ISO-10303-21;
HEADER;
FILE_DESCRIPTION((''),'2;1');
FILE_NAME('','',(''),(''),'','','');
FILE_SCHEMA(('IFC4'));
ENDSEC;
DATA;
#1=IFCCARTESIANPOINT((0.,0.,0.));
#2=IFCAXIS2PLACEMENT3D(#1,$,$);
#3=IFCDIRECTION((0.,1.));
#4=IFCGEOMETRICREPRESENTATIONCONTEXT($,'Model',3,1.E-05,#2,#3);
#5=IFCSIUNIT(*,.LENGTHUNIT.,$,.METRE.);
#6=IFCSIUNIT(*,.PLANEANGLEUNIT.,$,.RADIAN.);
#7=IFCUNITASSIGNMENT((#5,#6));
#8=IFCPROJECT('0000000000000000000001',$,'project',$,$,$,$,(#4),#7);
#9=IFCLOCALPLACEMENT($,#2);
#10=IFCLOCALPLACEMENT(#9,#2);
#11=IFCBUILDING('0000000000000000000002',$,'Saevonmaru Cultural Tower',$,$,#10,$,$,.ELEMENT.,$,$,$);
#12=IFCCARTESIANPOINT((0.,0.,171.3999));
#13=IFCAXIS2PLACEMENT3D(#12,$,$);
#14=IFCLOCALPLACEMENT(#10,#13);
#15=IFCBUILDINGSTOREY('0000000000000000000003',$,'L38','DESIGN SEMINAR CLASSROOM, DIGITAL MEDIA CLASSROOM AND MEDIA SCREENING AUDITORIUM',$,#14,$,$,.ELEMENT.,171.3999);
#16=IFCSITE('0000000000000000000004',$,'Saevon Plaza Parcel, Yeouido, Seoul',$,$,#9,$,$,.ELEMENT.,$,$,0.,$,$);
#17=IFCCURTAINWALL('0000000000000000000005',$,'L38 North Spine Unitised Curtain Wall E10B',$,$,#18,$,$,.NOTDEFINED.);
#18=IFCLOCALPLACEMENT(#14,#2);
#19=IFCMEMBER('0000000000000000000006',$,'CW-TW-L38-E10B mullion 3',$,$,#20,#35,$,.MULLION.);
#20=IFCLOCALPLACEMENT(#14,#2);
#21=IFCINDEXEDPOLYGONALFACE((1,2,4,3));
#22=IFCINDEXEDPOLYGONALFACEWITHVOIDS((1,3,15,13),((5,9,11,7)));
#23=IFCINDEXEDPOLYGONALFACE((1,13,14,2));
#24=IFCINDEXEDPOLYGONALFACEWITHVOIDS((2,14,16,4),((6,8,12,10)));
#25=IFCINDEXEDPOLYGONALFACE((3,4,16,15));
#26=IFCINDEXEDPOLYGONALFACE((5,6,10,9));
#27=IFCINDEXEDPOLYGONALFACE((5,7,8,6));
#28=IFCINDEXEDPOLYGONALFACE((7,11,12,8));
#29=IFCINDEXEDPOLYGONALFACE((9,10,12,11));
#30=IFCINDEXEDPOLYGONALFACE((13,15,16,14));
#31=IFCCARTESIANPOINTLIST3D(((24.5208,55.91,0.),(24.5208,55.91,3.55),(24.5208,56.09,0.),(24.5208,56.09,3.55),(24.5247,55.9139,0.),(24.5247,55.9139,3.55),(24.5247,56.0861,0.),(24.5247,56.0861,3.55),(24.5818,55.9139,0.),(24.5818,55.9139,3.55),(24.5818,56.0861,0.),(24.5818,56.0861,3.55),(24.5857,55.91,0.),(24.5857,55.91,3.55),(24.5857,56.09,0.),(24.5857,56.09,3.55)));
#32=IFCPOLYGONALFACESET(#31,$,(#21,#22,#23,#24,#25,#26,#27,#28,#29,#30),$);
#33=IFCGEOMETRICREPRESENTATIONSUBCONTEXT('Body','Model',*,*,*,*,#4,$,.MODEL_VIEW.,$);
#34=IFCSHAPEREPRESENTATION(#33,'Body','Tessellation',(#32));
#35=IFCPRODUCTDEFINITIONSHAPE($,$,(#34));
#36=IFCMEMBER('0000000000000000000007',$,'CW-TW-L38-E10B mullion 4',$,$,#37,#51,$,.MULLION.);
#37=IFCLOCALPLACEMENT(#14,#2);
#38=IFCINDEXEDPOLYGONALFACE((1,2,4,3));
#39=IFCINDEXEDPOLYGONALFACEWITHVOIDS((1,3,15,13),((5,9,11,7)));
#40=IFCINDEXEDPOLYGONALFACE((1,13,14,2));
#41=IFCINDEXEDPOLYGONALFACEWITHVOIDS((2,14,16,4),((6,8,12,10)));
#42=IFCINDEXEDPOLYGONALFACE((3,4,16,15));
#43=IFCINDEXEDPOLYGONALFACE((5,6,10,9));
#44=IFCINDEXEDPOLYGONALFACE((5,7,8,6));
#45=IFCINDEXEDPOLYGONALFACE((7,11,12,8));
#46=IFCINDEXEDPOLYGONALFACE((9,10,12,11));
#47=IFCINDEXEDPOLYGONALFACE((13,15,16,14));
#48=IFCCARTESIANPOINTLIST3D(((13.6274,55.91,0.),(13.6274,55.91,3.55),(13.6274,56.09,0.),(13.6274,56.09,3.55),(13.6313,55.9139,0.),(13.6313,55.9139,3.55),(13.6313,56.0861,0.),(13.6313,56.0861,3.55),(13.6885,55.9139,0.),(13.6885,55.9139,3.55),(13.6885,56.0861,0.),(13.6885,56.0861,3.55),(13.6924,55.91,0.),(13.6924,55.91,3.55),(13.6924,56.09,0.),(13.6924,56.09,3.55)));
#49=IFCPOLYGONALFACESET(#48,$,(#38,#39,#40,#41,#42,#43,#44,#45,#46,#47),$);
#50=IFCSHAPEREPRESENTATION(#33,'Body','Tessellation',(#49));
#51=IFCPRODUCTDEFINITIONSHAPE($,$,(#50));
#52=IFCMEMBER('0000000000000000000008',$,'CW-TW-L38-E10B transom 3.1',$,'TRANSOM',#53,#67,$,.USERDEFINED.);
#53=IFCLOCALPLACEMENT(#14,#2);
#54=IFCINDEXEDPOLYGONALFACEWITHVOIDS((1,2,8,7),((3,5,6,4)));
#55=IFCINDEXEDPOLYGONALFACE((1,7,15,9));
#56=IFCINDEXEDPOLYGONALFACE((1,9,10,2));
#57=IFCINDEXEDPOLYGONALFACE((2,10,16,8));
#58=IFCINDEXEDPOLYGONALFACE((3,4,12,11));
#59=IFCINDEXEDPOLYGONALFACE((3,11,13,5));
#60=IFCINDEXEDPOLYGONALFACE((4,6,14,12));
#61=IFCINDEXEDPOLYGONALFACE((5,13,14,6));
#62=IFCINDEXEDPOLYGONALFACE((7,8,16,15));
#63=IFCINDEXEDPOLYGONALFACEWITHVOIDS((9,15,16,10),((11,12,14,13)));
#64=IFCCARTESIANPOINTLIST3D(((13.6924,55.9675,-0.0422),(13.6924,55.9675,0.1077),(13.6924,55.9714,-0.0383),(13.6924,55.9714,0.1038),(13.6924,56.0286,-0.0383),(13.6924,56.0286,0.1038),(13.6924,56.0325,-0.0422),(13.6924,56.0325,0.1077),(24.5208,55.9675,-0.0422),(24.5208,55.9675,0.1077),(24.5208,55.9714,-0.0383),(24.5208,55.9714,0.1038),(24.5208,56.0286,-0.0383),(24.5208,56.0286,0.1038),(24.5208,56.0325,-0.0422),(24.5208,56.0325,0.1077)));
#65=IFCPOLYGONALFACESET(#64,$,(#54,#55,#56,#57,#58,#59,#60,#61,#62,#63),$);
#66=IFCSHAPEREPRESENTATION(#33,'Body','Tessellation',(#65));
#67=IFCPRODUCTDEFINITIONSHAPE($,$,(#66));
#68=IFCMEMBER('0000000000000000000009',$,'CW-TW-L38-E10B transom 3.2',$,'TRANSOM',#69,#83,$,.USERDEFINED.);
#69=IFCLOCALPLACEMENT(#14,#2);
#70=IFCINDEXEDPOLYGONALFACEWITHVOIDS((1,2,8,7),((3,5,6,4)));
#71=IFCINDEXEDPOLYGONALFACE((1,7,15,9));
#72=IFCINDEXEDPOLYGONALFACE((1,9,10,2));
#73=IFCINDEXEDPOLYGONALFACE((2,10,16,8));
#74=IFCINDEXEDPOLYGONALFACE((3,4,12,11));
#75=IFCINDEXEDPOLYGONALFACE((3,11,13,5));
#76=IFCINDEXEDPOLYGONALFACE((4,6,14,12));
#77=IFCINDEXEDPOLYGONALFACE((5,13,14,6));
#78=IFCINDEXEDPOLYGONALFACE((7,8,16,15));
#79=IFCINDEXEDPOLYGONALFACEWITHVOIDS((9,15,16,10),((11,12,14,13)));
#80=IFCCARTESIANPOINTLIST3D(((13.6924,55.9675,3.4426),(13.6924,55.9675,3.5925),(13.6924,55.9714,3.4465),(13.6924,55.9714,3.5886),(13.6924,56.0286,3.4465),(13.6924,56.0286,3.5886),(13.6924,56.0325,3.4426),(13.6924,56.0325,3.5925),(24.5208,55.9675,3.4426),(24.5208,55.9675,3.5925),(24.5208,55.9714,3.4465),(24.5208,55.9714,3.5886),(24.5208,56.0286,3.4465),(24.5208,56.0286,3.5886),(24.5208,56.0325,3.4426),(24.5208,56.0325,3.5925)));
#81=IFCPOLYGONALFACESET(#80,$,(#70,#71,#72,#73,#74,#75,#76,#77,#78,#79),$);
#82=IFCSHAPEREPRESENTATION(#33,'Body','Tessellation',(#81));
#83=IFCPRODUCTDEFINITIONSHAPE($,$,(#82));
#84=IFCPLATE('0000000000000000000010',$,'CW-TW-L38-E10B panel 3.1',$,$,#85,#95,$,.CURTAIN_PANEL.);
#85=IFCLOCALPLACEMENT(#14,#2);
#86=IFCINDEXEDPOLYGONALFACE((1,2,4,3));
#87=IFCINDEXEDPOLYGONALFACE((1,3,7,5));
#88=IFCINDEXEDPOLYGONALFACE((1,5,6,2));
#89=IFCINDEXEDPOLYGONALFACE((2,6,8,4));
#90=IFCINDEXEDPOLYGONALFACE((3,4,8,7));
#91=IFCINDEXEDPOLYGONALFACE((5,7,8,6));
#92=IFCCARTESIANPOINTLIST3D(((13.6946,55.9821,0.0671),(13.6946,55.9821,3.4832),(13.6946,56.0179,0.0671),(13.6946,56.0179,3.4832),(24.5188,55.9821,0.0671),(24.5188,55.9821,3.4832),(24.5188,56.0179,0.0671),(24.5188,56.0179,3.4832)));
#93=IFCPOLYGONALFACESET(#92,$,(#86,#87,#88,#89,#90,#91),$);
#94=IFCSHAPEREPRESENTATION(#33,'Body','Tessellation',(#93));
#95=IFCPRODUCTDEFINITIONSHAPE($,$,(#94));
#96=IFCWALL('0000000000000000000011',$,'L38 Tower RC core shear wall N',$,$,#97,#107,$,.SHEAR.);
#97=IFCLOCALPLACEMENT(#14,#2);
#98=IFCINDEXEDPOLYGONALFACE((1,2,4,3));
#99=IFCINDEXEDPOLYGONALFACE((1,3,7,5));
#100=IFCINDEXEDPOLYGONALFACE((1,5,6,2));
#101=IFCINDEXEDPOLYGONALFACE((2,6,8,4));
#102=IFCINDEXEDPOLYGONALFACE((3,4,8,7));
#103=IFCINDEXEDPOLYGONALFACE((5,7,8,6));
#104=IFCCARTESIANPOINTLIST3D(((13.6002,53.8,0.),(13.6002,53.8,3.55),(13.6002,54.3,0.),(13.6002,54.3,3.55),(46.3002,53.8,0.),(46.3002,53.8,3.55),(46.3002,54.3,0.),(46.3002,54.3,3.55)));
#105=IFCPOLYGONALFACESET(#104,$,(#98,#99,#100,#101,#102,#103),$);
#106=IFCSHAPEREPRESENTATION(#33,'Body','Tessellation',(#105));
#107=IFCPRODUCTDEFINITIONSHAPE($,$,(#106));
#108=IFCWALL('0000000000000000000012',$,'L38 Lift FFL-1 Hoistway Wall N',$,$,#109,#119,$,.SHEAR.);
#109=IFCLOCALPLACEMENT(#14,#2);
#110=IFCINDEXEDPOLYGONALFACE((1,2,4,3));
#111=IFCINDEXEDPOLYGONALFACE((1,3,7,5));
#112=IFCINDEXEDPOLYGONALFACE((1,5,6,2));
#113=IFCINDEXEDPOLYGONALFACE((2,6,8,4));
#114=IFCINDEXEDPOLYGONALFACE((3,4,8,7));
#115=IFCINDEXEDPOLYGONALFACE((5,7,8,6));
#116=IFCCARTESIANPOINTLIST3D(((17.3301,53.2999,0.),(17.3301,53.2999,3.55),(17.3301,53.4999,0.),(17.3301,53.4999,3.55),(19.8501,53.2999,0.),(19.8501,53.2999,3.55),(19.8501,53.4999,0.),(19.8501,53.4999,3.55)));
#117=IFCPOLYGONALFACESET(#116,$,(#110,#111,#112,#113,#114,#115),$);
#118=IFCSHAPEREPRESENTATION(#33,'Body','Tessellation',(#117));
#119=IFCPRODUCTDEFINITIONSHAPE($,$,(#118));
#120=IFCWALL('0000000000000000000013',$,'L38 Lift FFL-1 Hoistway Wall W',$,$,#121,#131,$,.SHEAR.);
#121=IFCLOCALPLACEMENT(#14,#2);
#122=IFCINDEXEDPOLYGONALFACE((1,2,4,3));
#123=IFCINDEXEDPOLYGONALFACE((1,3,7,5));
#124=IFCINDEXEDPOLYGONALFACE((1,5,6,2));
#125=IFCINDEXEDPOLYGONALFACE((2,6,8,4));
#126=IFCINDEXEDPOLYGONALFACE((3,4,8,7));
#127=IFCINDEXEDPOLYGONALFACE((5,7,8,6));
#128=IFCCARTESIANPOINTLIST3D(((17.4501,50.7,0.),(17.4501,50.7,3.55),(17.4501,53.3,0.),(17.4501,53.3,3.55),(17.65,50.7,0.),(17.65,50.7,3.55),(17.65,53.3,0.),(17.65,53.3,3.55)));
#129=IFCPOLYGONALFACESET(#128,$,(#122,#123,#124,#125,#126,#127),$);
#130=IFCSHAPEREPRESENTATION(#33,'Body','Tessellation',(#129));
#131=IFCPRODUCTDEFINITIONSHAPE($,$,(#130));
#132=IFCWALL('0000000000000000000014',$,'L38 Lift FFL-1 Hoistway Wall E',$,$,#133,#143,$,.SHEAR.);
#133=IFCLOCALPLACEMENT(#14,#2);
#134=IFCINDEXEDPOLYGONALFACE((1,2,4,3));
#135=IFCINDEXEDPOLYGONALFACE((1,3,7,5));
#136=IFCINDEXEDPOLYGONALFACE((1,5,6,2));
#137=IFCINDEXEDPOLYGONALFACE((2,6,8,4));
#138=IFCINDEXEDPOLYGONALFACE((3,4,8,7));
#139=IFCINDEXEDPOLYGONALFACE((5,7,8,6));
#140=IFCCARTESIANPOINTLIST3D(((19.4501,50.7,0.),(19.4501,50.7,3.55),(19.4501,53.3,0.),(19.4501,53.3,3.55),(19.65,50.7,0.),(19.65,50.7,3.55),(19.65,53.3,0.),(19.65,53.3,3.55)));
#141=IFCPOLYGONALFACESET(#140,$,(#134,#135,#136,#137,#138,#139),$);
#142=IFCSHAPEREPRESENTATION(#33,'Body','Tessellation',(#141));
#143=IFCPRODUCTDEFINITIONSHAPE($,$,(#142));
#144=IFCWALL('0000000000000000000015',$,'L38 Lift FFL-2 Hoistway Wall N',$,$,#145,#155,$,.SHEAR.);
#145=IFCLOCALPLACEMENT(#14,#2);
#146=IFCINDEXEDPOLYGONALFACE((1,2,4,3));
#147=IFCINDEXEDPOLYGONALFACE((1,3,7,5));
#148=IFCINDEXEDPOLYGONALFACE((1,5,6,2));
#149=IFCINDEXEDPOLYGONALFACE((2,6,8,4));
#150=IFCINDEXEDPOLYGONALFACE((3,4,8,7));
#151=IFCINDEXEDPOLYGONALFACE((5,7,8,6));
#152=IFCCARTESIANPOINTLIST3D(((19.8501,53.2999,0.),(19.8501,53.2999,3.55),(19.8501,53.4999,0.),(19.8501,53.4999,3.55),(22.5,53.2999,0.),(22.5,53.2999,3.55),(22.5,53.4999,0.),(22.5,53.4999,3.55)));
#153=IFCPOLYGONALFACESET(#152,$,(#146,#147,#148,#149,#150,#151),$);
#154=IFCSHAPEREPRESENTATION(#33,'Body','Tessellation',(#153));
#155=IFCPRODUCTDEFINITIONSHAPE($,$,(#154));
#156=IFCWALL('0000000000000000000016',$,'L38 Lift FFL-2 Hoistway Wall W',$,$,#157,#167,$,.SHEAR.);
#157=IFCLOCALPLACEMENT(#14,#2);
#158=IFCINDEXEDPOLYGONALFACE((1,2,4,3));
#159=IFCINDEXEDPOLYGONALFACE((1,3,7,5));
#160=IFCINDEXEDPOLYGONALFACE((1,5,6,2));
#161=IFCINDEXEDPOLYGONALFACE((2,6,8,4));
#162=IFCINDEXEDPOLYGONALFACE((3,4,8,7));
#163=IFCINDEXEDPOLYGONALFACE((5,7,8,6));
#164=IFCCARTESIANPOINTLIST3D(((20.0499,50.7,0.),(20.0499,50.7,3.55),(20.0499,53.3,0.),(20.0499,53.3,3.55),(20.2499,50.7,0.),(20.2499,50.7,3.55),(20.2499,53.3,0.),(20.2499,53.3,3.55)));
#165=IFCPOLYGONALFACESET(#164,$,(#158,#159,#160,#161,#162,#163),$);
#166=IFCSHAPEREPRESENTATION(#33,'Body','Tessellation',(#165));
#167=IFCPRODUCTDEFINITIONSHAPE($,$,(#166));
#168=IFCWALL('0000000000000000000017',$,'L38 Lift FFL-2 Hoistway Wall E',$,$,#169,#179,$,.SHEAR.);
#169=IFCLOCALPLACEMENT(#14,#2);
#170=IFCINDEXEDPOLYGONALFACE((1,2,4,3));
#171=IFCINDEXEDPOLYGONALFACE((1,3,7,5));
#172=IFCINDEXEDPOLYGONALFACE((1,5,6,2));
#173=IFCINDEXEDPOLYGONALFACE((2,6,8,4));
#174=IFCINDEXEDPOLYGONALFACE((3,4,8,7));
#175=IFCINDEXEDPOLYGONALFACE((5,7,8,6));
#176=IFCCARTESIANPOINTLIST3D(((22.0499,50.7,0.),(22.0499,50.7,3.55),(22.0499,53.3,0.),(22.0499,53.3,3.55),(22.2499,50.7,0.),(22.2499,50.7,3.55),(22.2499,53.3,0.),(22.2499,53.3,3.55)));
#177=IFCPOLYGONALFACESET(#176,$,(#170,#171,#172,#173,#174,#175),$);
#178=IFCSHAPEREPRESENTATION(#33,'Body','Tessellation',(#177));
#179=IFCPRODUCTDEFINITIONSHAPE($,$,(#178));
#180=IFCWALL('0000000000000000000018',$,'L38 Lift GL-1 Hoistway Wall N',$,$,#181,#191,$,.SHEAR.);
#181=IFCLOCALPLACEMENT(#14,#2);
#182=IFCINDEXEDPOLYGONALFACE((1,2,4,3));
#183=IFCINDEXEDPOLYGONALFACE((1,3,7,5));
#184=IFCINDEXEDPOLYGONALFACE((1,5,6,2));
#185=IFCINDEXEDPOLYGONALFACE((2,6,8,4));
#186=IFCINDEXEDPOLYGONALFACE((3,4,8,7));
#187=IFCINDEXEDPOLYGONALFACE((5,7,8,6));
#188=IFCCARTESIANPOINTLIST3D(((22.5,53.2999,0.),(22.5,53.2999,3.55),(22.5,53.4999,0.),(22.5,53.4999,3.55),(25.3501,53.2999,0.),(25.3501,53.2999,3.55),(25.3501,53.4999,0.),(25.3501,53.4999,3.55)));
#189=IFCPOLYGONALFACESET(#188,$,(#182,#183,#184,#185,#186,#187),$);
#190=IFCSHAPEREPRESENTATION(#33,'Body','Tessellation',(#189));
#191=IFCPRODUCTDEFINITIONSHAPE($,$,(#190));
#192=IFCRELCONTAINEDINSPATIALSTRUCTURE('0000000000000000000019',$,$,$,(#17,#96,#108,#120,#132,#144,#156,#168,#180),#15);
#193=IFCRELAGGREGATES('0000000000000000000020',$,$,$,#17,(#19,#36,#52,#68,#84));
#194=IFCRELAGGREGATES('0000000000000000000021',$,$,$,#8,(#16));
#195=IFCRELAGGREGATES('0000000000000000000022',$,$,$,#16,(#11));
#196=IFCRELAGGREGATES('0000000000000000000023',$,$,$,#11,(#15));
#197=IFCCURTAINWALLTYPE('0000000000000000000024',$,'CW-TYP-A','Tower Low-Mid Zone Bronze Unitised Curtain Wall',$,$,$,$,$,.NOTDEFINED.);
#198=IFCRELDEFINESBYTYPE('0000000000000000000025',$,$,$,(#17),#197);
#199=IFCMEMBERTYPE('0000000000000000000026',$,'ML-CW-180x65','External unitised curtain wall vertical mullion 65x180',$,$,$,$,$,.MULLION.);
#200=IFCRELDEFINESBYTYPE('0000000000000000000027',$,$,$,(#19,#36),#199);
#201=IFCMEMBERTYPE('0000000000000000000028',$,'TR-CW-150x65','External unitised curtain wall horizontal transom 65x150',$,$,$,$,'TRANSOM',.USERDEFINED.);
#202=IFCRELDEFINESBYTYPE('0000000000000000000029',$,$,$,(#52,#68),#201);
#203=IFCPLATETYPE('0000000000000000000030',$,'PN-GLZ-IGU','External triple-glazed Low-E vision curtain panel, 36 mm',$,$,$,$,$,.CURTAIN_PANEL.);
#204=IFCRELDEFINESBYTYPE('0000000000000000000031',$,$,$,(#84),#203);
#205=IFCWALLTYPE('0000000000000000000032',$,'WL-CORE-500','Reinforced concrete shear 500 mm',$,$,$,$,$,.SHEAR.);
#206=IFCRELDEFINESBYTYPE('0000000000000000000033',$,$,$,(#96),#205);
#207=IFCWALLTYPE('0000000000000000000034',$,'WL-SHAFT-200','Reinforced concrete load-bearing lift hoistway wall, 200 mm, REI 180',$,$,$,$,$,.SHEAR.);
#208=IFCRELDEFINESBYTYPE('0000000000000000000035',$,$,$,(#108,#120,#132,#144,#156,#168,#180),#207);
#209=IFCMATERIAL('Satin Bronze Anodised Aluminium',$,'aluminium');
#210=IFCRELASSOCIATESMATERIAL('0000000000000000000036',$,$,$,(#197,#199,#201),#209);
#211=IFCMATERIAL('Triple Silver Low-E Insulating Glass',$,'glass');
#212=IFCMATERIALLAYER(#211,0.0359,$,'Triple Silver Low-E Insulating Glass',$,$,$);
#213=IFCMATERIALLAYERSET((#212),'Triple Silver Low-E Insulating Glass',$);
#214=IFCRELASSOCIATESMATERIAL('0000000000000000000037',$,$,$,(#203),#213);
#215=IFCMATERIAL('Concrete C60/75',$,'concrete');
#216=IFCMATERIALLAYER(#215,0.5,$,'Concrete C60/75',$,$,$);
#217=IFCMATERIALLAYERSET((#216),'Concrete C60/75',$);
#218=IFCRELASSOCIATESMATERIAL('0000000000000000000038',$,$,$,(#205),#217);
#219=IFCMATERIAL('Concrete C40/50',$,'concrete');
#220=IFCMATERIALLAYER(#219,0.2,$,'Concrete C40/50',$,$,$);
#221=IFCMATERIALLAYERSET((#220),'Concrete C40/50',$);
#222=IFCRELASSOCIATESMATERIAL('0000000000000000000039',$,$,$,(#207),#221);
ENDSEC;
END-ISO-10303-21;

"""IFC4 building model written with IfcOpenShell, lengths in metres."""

from ifc_helpers import new_model, si_unit, direction, frame, frame_2d, origin, origin_2d, place, context, subcontext, project, spatial, rectangle, hollow_rectangle, extrude, material, layer, layer_set, material_profile, profile_set, type_object, element, aggregate, save


model = new_model("IFC4")

# Units and contexts
model_context = context("Model", 3, precision=1e-05, world=origin(), true_north=direction((0.0, 1.0)))
body_context = subcontext(model_context, "Body", "Model", "MODEL_VIEW")
ifc_project = project(units=[si_unit("LENGTHUNIT", "METRE"), si_unit("PLANEANGLEUNIT", "RADIAN")], contexts=[model_context])

# Site, building, storey
site_placement = place(None, origin())
site = spatial("IfcSite", under=ifc_project, at=site_placement, Name="Saevon Plaza Parcel, Yeouido, Seoul", CompositionType="ELEMENT", RefElevation=0.0)
building_placement = place(site_placement, origin())
building = spatial("IfcBuilding", under=site, at=building_placement, Name="Saevonmaru Cultural Tower", CompositionType="ELEMENT")
storey_placement = place(building_placement, frame((0.0, 0.0, 171.3999)))
storey = spatial("IfcBuildingStorey", under=building, at=storey_placement, Name="L38", Description="DESIGN SEMINAR CLASSROOM, DIGITAL MEDIA CLASSROOM AND MEDIA SCREENING AUDITORIUM", CompositionType="ELEMENT", Elevation=171.3999)

# Curtain wall, members, plate
ifc_material_1 = material(Name="Satin Bronze Anodised Aluminium", Category="aluminium")
curtain_wall_type = type_object("IfcCurtainWallType", Name="CW-TYP-A", Description="Tower Low-Mid Zone Bronze Unitised Curtain Wall", PredefinedType="NOTDEFINED", material=ifc_material_1)
curtain_wall_placement = place(storey_placement, origin())
curtain_wall = element("IfcCurtainWall", 1, at=curtain_wall_placement, inside=storey, type_object=curtain_wall_type, Name="L38 North Spine Unitised Curtain Wall E10B", PredefinedType="NOTDEFINED")
ifc_material_profile_1 = material_profile(ifc_material_1, hollow_rectangle(XDim=0.0649, YDim=0.1799, WallThickness=0.0039, at=origin_2d()), Name="ALU-MULL-180x65x4")
ifc_profile_set_1 = profile_set([ifc_material_profile_1], Name="Satin Bronze Anodised Aluminium")
member_type_1 = type_object("IfcMemberType", Name="ML-CW-180x65", Description="External unitised curtain wall vertical mullion 65x180", PredefinedType="MULLION", material=ifc_profile_set_1)
member_1_placement = place(storey_placement, frame((24.5532, 56.0, 0.0), z_axis=(0.0, 0.0, 1.0), x_axis=(-1.0, 0.0, 0.0)))
member_1 = element("IfcMember", 2, at=member_1_placement, type_object=member_type_1, Name="CW-TW-L38-E10B mullion 3", PredefinedType="MULLION", context=body_context, shape_type="SweptSolid", body=[
    extrude(hollow_rectangle(XDim=0.0649, YDim=0.1799, WallThickness=0.0039, at=origin_2d()), origin(), (0.0, 0.0, 1.0), 3.55),
])
member_2_placement = place(storey_placement, frame((13.6599, 56.0, 0.0), z_axis=(0.0, 0.0, 1.0), x_axis=(-1.0, 0.0, 0.0)))
member_2 = element("IfcMember", 3, at=member_2_placement, type_object=member_type_1, Name="CW-TW-L38-E10B mullion 4", PredefinedType="MULLION", context=body_context, shape_type="SweptSolid", body=[
    extrude(hollow_rectangle(XDim=0.0649, YDim=0.1799, WallThickness=0.0039, at=origin_2d()), origin(), (0.0, 0.0, 1.0), 3.55),
])
ifc_material_profile_2 = material_profile(ifc_material_1, hollow_rectangle(XDim=0.0649, YDim=0.1499, WallThickness=0.0039, at=origin_2d()), Name="ALU-TRAN-150x65x4")
ifc_profile_set_2 = profile_set([ifc_material_profile_2], Name="Satin Bronze Anodised Aluminium")
member_type_2 = type_object("IfcMemberType", Name="TR-CW-150x65", Description="External unitised curtain wall horizontal transom 65x150", ElementType="TRANSOM", PredefinedType="USERDEFINED", material=ifc_profile_set_2)
member_3_placement = place(storey_placement, frame((24.5208, 56.0, 0.0327), z_axis=(-1.0, 0.0, 0.0), x_axis=(0.0, -1.0, 0.0)))
member_3 = element("IfcMember", 4, at=member_3_placement, type_object=member_type_2, Name="CW-TW-L38-E10B transom 3.1", ObjectType="TRANSOM", PredefinedType="USERDEFINED", context=body_context, shape_type="SweptSolid", body=[
    extrude(hollow_rectangle(XDim=0.0649, YDim=0.1499, WallThickness=0.0039, at=origin_2d()), origin(), (0.0, 0.0, 1.0), 10.8284),
])
member_4_placement = place(storey_placement, frame((24.5208, 56.0, 3.5176), z_axis=(-1.0, 0.0, 0.0), x_axis=(0.0, -1.0, 0.0)))
member_4 = element("IfcMember", 5, at=member_4_placement, type_object=member_type_2, Name="CW-TW-L38-E10B transom 3.2", ObjectType="TRANSOM", PredefinedType="USERDEFINED", context=body_context, shape_type="SweptSolid", body=[
    extrude(hollow_rectangle(XDim=0.0649, YDim=0.1499, WallThickness=0.0039, at=origin_2d()), origin(), (0.0, 0.0, 1.0), 10.8284),
])
ifc_material_2 = material(Name="Triple Silver Low-E Insulating Glass", Category="glass")
ifc_layer_1 = layer(ifc_material_2, 0.0359, Name="Triple Silver Low-E Insulating Glass")
ifc_layer_set_1 = layer_set([ifc_layer_1], Name="Triple Silver Low-E Insulating Glass")
plate_type = type_object("IfcPlateType", Name="PN-GLZ-IGU", Description="External triple-glazed Low-E vision curtain panel, 36 mm", PredefinedType="CURTAIN_PANEL", material=ifc_layer_set_1)
plate_placement = place(storey_placement, frame((19.1067, 56.0, 0.0671), z_axis=(0.0, 0.0, 1.0), x_axis=(-1.0, 0.0, 0.0)))
plate = element("IfcPlate", 6, at=plate_placement, type_object=plate_type, Name="CW-TW-L38-E10B panel 3.1", PredefinedType="CURTAIN_PANEL", context=body_context, shape_type="SweptSolid", body=[
    extrude(rectangle(XDim=10.8242, YDim=0.0359, at=origin_2d()), origin(), (0.0, 0.0, 1.0), 3.416),
])
aggregate(curtain_wall, [member_1, member_2, member_3, member_4, plate])

# Walls
ifc_material_3 = material(Name="Concrete C60/75", Category="concrete")
ifc_layer_2 = layer(ifc_material_3, 0.5, Name="Concrete C60/75")
ifc_layer_set_2 = layer_set([ifc_layer_2], Name="Concrete C60/75")
wall_type_1 = type_object("IfcWallType", Name="WL-CORE-500", Description="Reinforced concrete shear 500 mm", PredefinedType="SHEAR", material=ifc_layer_set_2)
wall_1_placement = place(storey_placement, frame((13.6001, 54.05, 0.0), z_axis=(0.0, 0.0, 1.0), x_axis=(1.0, 0.0, 0.0)))
element("IfcWall", 7, at=wall_1_placement, inside=storey, type_object=wall_type_1, Name="L38 Tower RC core shear wall N", PredefinedType="SHEAR", context=body_context, shape_type="SweptSolid", body=[
    extrude(rectangle(XDim=32.7, YDim=0.5, at=frame_2d((16.3501, 0.0))), origin(), (0.0, 0.0, 1.0), 3.55),
])
ifc_material_4 = material(Name="Concrete C40/50", Category="concrete")
ifc_layer_3 = layer(ifc_material_4, 0.2, Name="Concrete C40/50")
ifc_layer_set_3 = layer_set([ifc_layer_3], Name="Concrete C40/50")
wall_type_2 = type_object("IfcWallType", Name="WL-SHAFT-200", Description="Reinforced concrete load-bearing lift hoistway wall, 200 mm, REI 180", PredefinedType="SHEAR", material=ifc_layer_set_3)
wall_2_placement = place(storey_placement, frame((17.3301, 53.3999, 0.0), z_axis=(0.0, 0.0, 1.0), x_axis=(1.0, 0.0, 0.0)))
element("IfcWall", 8, at=wall_2_placement, inside=storey, type_object=wall_type_2, Name="L38 Lift FFL-1 Hoistway Wall N", PredefinedType="SHEAR", context=body_context, shape_type="SweptSolid", body=[
    extrude(rectangle(XDim=2.52, YDim=0.2, at=frame_2d((1.26, 0.0))), origin(), (0.0, 0.0, 1.0), 3.55),
])
for number, where, z_axis, x_axis, name in (
    (9, (17.55, 50.7, 0.0), (0.0, 0.0, 1.0), (0.0, 1.0, 0.0), "L38 Lift FFL-1 Hoistway Wall W"),
    (10, (19.55, 50.7, 0.0), (0.0, 0.0, 1.0), (0.0, 1.0, 0.0), "L38 Lift FFL-1 Hoistway Wall E"),
):
    element("IfcWall", number, at=place(storey_placement, frame(where, z_axis=z_axis, x_axis=x_axis)), inside=storey, type_object=wall_type_2, Name=name, PredefinedType="SHEAR", context=body_context, shape_type="SweptSolid", body=[
        extrude(rectangle(XDim=2.6001, YDim=0.2, at=frame_2d((1.3, 0.0))), origin(), (0.0, 0.0, 1.0), 3.55),
    ])
wall_3_placement = place(storey_placement, frame((19.8501, 53.3999, 0.0), z_axis=(0.0, 0.0, 1.0), x_axis=(1.0, 0.0, 0.0)))
element("IfcWall", 11, at=wall_3_placement, inside=storey, type_object=wall_type_2, Name="L38 Lift FFL-2 Hoistway Wall N", PredefinedType="SHEAR", context=body_context, shape_type="SweptSolid", body=[
    extrude(rectangle(XDim=2.6499, YDim=0.2, at=frame_2d((1.325, 0.0))), origin(), (0.0, 0.0, 1.0), 3.55),
])
for number, where, z_axis, x_axis, name in (
    (12, (20.1499, 50.7, 0.0), (0.0, 0.0, 1.0), (0.0, 1.0, 0.0), "L38 Lift FFL-2 Hoistway Wall W"),
    (13, (22.1499, 50.7, 0.0), (0.0, 0.0, 1.0), (0.0, 1.0, 0.0), "L38 Lift FFL-2 Hoistway Wall E"),
):
    element("IfcWall", number, at=place(storey_placement, frame(where, z_axis=z_axis, x_axis=x_axis)), inside=storey, type_object=wall_type_2, Name=name, PredefinedType="SHEAR", context=body_context, shape_type="SweptSolid", body=[
        extrude(rectangle(XDim=2.6001, YDim=0.2, at=frame_2d((1.3, 0.0))), origin(), (0.0, 0.0, 1.0), 3.55),
    ])
wall_4_placement = place(storey_placement, frame((22.5, 53.3999, 0.0), z_axis=(0.0, 0.0, 1.0), x_axis=(1.0, 0.0, 0.0)))
element("IfcWall", 14, at=wall_4_placement, inside=storey, type_object=wall_type_2, Name="L38 Lift GL-1 Hoistway Wall N", PredefinedType="SHEAR", context=body_context, shape_type="SweptSolid", body=[
    extrude(rectangle(XDim=2.8501, YDim=0.2, at=frame_2d((1.425, 0.0))), origin(), (0.0, 0.0, 1.0), 3.55),
])

save(model, "model.ifc")
